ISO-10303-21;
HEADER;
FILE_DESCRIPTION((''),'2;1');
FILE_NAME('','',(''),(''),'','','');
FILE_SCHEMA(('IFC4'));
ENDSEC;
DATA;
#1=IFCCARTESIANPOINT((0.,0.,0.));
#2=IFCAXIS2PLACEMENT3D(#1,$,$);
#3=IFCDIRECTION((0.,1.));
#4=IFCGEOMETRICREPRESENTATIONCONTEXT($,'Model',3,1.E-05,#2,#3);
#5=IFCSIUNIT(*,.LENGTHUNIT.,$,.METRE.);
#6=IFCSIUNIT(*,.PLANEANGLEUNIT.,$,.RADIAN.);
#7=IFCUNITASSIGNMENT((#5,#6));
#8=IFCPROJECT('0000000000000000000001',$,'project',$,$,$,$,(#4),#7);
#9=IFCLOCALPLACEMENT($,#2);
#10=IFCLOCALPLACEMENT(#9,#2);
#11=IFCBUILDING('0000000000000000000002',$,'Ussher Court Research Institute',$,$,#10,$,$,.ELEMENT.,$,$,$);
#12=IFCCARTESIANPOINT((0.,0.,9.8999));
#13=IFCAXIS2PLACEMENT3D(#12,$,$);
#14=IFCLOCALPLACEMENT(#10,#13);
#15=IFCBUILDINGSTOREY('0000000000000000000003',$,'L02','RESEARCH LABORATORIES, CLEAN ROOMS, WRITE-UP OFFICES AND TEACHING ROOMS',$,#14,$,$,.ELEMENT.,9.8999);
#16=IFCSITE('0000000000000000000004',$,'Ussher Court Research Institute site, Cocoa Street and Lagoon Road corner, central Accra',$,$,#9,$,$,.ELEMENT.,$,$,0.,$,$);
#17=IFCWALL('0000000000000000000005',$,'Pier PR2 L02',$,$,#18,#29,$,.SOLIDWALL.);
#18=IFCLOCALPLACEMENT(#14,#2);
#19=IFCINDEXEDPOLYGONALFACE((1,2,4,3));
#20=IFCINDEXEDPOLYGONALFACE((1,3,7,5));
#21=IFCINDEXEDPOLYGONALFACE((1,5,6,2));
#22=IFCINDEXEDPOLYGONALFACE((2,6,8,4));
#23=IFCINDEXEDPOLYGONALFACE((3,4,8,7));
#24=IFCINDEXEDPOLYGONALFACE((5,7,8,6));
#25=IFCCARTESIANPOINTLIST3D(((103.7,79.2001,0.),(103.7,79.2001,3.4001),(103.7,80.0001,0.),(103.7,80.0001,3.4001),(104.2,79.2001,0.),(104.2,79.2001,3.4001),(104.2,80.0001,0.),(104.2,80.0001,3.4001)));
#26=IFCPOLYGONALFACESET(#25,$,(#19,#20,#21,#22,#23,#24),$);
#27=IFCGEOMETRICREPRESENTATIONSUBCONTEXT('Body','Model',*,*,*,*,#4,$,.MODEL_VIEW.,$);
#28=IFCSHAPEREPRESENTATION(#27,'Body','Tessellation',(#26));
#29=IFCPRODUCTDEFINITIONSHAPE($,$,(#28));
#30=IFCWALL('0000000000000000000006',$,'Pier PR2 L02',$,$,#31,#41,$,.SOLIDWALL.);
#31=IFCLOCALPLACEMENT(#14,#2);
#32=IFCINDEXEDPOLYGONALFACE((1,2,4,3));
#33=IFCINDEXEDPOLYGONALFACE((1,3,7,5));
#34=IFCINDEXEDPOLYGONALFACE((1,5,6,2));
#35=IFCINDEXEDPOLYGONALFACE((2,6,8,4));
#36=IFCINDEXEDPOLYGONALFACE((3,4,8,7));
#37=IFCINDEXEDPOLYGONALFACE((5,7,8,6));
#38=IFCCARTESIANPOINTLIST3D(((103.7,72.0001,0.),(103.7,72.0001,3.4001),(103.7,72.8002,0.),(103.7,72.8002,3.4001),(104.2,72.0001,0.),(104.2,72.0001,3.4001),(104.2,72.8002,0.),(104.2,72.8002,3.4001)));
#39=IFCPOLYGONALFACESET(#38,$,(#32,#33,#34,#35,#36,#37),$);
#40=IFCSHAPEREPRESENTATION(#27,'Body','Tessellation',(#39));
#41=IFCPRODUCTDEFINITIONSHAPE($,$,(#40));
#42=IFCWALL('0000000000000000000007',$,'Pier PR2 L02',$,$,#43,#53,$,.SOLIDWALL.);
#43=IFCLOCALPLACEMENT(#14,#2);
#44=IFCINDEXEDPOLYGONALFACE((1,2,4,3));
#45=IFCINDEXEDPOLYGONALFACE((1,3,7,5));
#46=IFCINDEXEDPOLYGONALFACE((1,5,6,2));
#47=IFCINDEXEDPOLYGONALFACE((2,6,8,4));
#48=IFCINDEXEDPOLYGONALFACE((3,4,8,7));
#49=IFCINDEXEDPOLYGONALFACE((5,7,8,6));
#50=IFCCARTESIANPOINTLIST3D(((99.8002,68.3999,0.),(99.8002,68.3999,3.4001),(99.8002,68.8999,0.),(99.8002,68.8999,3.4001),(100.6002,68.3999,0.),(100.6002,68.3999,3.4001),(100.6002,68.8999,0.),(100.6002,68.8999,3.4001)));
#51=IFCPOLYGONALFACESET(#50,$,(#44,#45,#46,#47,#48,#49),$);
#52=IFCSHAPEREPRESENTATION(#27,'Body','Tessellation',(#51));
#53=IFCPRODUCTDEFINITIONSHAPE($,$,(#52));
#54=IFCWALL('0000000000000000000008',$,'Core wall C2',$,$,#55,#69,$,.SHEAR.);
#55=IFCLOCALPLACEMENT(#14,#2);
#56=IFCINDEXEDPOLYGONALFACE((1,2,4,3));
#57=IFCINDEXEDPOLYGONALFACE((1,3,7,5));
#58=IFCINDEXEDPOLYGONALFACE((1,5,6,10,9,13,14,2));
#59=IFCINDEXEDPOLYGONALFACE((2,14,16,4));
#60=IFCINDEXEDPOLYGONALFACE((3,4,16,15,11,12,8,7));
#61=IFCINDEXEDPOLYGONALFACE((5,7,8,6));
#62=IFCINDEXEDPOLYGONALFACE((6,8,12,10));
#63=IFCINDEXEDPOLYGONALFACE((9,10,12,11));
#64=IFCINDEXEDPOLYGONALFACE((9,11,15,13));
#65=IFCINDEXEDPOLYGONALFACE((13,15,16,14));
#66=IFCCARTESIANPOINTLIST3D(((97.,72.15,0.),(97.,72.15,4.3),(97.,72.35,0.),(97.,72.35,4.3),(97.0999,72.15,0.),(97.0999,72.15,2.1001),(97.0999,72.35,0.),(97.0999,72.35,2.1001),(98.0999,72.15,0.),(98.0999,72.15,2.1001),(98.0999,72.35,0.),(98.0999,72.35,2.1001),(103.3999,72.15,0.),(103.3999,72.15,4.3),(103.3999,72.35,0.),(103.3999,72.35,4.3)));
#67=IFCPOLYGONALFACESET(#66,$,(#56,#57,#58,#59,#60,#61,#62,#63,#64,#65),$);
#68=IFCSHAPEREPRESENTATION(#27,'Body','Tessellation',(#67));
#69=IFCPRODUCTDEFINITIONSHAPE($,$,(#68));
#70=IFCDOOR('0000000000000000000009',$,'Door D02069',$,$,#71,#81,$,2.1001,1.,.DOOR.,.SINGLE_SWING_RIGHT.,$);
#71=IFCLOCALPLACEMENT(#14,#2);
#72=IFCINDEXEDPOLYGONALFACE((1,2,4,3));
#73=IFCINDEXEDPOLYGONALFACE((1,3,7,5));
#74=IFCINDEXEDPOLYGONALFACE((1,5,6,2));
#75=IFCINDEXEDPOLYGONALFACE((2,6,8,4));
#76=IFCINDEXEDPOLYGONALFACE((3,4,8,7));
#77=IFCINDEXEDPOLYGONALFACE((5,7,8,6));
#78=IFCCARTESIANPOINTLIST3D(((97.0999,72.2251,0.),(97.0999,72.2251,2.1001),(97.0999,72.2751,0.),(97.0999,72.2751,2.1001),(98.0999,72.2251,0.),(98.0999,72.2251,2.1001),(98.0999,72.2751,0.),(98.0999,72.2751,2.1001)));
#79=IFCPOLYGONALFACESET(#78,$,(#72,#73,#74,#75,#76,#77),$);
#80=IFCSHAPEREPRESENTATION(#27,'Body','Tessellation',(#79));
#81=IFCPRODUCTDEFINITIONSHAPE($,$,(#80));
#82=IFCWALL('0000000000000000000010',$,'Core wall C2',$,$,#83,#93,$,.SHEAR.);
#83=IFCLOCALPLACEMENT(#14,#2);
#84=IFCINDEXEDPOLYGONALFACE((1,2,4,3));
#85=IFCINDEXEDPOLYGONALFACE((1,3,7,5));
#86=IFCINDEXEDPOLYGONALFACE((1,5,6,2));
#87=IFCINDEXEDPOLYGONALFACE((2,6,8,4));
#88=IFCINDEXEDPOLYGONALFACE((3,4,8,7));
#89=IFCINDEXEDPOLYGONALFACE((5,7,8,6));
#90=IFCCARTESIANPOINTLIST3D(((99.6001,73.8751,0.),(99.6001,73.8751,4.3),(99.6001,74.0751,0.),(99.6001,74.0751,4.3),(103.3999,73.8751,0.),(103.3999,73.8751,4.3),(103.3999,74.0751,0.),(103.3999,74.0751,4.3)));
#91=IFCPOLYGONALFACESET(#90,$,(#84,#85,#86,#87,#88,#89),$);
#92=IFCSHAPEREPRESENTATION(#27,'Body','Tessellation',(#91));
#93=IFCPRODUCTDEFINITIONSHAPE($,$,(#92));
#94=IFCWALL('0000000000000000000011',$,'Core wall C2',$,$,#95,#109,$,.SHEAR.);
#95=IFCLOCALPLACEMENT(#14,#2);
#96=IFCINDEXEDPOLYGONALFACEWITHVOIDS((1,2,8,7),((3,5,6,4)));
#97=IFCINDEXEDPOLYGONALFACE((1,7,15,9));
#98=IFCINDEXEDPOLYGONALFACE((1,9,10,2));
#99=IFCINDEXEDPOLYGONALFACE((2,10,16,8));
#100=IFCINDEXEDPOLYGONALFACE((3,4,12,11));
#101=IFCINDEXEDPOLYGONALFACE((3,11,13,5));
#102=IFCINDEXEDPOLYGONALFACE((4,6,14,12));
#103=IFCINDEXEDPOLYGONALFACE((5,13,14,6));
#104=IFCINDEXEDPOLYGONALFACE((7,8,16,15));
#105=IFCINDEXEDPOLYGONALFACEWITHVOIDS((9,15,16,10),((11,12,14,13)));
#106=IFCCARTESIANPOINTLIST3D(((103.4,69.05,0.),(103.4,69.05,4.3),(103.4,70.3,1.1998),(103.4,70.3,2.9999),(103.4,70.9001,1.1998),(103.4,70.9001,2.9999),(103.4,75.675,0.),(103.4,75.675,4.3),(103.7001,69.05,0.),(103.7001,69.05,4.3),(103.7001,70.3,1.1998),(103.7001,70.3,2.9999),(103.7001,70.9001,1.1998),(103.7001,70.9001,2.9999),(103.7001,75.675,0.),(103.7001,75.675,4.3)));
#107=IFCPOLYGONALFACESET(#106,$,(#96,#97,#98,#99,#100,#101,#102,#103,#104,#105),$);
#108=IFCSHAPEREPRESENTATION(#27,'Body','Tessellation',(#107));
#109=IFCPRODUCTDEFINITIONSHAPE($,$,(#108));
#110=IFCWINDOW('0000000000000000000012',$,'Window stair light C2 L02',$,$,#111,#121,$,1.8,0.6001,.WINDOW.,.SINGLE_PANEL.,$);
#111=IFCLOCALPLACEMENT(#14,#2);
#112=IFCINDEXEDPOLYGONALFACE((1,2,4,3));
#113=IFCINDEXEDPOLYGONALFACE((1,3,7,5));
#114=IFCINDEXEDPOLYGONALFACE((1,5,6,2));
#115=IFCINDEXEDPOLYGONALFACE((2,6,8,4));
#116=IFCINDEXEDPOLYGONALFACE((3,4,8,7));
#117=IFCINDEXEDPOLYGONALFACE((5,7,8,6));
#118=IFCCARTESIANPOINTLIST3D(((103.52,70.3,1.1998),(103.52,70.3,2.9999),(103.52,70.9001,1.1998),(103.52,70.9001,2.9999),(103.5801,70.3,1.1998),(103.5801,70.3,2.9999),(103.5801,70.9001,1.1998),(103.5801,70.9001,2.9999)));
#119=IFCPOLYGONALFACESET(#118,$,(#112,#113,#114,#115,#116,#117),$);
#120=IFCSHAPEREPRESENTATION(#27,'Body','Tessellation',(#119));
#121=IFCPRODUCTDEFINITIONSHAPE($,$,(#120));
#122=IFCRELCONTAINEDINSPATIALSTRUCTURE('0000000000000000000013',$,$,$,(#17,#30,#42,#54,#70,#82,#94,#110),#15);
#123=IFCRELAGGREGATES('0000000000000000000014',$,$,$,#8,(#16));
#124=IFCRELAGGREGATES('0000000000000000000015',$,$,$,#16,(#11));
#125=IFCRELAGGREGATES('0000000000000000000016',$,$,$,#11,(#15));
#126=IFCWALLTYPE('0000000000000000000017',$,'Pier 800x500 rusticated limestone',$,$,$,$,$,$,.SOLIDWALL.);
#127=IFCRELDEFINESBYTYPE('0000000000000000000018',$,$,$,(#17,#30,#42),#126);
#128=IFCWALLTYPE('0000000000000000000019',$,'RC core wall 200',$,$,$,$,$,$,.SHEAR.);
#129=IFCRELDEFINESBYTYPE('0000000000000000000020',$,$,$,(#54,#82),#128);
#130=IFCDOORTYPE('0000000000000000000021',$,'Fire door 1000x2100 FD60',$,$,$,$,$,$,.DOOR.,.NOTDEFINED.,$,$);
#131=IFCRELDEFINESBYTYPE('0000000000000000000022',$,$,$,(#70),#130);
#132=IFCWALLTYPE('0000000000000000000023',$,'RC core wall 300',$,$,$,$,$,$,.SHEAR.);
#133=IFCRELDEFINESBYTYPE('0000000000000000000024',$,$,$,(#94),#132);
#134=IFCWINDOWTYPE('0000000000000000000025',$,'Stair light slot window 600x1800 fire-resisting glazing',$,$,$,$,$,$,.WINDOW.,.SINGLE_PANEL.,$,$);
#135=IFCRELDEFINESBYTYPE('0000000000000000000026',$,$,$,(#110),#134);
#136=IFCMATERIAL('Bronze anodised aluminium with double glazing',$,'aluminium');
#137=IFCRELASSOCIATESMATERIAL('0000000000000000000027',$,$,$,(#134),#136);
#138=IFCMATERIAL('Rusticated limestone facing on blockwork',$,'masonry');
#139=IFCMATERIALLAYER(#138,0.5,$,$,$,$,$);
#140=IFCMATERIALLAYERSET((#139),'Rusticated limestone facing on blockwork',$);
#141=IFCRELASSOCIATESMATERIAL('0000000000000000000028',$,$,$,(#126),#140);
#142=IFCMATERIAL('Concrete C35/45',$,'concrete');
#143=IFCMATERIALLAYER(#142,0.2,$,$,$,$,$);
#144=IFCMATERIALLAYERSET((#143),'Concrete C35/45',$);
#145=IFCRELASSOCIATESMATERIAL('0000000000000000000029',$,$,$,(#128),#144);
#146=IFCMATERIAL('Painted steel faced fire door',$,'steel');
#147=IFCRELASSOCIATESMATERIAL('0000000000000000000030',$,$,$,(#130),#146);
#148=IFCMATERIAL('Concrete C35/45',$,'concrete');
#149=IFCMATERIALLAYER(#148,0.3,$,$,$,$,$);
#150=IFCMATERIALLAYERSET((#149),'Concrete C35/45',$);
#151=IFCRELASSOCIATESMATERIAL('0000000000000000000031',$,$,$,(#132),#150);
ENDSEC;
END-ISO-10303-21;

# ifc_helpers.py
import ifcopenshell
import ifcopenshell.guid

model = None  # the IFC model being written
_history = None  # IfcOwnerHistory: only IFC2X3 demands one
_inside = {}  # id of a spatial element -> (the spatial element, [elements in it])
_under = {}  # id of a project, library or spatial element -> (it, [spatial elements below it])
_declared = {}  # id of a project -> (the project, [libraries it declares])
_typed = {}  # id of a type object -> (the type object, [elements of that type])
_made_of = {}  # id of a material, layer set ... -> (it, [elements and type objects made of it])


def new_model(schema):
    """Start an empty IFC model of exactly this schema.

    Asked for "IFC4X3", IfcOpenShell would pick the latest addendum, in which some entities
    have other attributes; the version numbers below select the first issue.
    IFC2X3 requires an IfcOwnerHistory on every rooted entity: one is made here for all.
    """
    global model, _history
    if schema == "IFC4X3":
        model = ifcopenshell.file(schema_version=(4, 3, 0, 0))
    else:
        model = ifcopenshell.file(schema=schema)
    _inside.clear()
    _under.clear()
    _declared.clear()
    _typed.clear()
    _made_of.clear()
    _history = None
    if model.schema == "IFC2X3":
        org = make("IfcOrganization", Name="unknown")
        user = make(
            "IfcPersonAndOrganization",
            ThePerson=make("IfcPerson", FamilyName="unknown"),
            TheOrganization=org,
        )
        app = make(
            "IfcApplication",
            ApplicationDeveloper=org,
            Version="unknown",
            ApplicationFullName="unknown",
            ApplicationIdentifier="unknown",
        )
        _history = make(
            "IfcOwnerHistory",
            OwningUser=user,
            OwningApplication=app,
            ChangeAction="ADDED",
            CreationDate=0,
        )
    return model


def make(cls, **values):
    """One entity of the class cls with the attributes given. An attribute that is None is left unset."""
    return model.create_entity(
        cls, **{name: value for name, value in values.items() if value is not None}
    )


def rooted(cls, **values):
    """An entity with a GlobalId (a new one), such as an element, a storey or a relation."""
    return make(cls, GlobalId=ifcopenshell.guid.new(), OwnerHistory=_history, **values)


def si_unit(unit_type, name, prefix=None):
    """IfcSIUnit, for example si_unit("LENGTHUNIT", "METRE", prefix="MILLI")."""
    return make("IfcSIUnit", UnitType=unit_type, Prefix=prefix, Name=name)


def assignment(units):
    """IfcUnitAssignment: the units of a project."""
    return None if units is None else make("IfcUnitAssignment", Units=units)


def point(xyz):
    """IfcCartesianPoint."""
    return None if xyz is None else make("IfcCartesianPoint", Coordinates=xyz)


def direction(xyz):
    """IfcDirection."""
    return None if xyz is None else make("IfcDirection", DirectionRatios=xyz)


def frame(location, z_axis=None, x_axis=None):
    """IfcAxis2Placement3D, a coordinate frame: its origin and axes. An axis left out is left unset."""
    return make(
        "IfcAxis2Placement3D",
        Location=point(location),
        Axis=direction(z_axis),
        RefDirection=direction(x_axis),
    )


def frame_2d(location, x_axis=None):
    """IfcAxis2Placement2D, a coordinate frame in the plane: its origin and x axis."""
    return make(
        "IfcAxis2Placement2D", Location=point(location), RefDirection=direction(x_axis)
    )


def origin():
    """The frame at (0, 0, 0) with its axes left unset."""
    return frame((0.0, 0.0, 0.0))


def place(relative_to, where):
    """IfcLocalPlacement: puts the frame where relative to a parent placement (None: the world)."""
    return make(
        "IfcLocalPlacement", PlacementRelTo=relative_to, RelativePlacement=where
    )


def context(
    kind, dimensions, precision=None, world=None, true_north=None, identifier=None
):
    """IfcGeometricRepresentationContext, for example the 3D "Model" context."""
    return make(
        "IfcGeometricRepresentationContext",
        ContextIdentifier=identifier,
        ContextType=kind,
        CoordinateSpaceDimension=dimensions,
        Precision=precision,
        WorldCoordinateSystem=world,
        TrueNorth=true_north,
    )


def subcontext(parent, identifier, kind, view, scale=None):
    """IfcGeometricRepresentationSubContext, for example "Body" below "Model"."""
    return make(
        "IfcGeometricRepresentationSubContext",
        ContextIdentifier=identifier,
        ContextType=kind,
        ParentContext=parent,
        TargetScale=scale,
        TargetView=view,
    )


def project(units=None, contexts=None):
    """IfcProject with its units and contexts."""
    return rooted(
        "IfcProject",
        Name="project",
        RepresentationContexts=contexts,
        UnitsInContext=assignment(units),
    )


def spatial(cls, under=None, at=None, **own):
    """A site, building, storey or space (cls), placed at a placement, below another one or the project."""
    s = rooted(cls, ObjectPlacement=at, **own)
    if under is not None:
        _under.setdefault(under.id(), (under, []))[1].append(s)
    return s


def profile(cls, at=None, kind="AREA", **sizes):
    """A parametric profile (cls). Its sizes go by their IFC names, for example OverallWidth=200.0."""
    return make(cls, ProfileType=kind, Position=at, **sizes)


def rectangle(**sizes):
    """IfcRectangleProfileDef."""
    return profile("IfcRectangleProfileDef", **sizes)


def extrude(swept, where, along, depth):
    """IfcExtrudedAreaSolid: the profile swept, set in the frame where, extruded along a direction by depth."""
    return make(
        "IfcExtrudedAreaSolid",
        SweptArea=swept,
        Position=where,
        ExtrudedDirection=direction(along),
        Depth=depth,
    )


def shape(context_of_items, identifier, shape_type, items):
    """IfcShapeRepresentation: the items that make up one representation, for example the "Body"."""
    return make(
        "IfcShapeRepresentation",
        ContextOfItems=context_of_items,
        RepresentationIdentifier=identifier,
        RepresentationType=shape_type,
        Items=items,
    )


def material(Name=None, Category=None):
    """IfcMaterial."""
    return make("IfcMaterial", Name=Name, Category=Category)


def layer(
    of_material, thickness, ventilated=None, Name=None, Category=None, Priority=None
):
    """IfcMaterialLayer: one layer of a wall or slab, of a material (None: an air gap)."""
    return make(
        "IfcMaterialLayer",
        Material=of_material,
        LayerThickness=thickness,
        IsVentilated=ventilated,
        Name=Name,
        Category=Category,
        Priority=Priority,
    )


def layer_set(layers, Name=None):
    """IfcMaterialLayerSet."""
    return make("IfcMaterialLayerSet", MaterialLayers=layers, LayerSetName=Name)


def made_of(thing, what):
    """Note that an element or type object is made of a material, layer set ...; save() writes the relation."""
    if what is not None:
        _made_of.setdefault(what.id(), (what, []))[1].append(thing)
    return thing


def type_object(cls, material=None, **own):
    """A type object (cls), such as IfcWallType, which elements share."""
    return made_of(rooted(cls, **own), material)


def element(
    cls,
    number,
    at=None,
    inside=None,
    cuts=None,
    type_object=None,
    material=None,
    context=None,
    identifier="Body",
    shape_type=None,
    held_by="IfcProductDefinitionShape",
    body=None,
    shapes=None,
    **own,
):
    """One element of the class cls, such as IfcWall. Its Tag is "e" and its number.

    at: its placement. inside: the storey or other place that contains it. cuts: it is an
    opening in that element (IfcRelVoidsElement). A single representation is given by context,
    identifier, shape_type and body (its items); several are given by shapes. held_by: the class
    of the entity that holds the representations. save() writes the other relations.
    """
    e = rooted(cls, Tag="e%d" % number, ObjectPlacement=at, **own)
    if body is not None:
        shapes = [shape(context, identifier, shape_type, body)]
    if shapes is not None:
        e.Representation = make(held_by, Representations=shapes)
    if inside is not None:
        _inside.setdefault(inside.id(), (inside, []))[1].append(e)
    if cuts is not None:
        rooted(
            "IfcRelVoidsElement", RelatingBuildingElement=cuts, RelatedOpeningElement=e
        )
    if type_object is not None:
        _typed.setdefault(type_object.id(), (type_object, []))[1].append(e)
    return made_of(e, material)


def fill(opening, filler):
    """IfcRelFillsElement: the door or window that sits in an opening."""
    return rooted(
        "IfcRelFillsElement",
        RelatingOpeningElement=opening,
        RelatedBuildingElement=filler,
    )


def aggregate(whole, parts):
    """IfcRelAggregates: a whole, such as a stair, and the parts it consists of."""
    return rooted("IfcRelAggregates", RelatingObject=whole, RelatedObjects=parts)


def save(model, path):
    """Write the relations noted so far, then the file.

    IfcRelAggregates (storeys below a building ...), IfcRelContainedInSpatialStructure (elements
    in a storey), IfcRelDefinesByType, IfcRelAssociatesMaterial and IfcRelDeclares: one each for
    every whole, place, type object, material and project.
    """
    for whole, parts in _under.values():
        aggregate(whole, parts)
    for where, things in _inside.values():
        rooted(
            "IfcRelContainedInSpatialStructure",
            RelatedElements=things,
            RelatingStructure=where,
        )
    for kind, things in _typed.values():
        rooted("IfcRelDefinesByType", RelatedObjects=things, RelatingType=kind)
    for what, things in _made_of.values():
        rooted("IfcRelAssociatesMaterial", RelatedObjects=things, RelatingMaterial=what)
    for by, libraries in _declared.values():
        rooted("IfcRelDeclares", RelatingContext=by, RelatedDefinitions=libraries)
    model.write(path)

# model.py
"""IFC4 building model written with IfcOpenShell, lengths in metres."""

from ifc_helpers import new_model, si_unit, direction, frame, frame_2d, origin, place, context, subcontext, project, spatial, rectangle, extrude, material, layer, layer_set, type_object, element, fill, save


model = new_model("IFC4")

# Units and contexts
model_context = context("Model", 3, precision=1e-05, world=origin(), true_north=direction((0.0, 1.0)))
body_context = subcontext(model_context, "Body", "Model", "MODEL_VIEW")
ifc_project = project(units=[si_unit("LENGTHUNIT", "METRE"), si_unit("PLANEANGLEUNIT", "RADIAN")], contexts=[model_context])

# Site, building, storey
site_placement = place(None, origin())
site = spatial("IfcSite", under=ifc_project, at=site_placement, Name="Ussher Court Research Institute site, Cocoa Street and Lagoon Road corner, central Accra", CompositionType="ELEMENT", RefElevation=0.0)
building_placement = place(site_placement, origin())
building = spatial("IfcBuilding", under=site, at=building_placement, Name="Ussher Court Research Institute", CompositionType="ELEMENT")
storey_placement = place(building_placement, frame((0.0, 0.0, 9.8999)))
storey = spatial("IfcBuildingStorey", under=building, at=storey_placement, Name="L02", Description="RESEARCH LABORATORIES, CLEAN ROOMS, WRITE-UP OFFICES AND TEACHING ROOMS", CompositionType="ELEMENT", Elevation=9.8999)

# Shared definitions
ifc_material_1 = material(Name="Bronze anodised aluminium with double glazing", Category="aluminium")
window_type_1 = type_object("IfcWindowType", Name="Stair light slot window 600x1800 fire-resisting glazing", PartitioningType="SINGLE_PANEL", PredefinedType="WINDOW", material=ifc_material_1)

# Walls
ifc_material_2 = material(Name="Rusticated limestone facing on blockwork", Category="masonry")
ifc_layer_1 = layer(ifc_material_2, 0.5)
ifc_layer_set_1 = layer_set([ifc_layer_1], Name="Rusticated limestone facing on blockwork")
wall_type_1 = type_object("IfcWallType", Name="Pier 800x500 rusticated limestone", PredefinedType="SOLIDWALL", material=ifc_layer_set_1)
for number, where, z_axis, x_axis, name in (
    (1, (103.95, 80.0, 0.0), (0.0, 0.0, 1.0), (0.0, -1.0, 0.0), "Pier PR2 L02"),
    (2, (103.95, 72.8, 0.0), (0.0, 0.0, 1.0), (0.0, -1.0, 0.0), "Pier PR2 L02"),
    (3, (100.6001, 68.6499, 0.0), (0.0, 0.0, 1.0), (-1.0, 0.0, 0.0), "Pier PR2 L02"),
):
    element("IfcWall", number, at=place(storey_placement, frame(where, z_axis=z_axis, x_axis=x_axis)), inside=storey, type_object=wall_type_1, Name=name, PredefinedType="SOLIDWALL", context=body_context, shape_type="SweptSolid", body=[
        extrude(rectangle(XDim=0.8, YDim=0.5, at=frame_2d((0.3999, 0.0))), origin(), (0.0, 0.0, 1.0), 3.4001),
    ])

# Wall, opening, door
ifc_material_3 = material(Name="Concrete C35/45", Category="concrete")
ifc_layer_2 = layer(ifc_material_3, 0.2)
ifc_layer_set_2 = layer_set([ifc_layer_2], Name="Concrete C35/45")
wall_type_2 = type_object("IfcWallType", Name="RC core wall 200", PredefinedType="SHEAR", material=ifc_layer_set_2)
wall_1_placement = place(storey_placement, frame((103.3999, 72.25, 0.0), z_axis=(0.0, 0.0, 1.0), x_axis=(-1.0, 0.0, 0.0)))
wall_1 = element("IfcWall", 4, at=wall_1_placement, inside=storey, type_object=wall_type_2, Name="Core wall C2", PredefinedType="SHEAR", context=body_context, shape_type="SweptSolid", body=[
    extrude(rectangle(XDim=6.3999, YDim=0.2, at=frame_2d((3.2, 0.0))), origin(), (0.0, 0.0, 1.0), 4.3),
])
opening_1_placement = place(wall_1_placement, frame((5.3, 0.0, 0.0)))
opening_1 = element("IfcOpeningElement", 5, at=opening_1_placement, cuts=wall_1, PredefinedType="OPENING", context=body_context, shape_type="SweptSolid", body=[
    extrude(rectangle(XDim=1.0, YDim=2.1001, at=frame_2d((0.5, 1.05))), frame((0.0, 0.1099, 0.0), z_axis=(0.0, -1.0, 0.0), x_axis=(1.0, 0.0, 0.0)), (0.0, 0.0, 1.0), 0.22),
])
ifc_material_4 = material(Name="Painted steel faced fire door", Category="steel")
door_type = type_object("IfcDoorType", Name="Fire door 1000x2100 FD60", OperationType="NOTDEFINED", PredefinedType="DOOR", material=ifc_material_4)
door_placement = place(opening_1_placement, origin())
door = element("IfcDoor", 6, at=door_placement, inside=storey, type_object=door_type, Name="Door D02069", OperationType="SINGLE_SWING_RIGHT", OverallHeight=2.1001, OverallWidth=1.0, PredefinedType="DOOR", context=body_context, shape_type="SweptSolid", body=[
    extrude(rectangle(XDim=1.0, YDim=2.1001, at=frame_2d((0.5, 1.05))), frame((0.0, 0.0249, 0.0), z_axis=(0.0, -1.0, 0.0), x_axis=(1.0, 0.0, 0.0)), (0.0, 0.0, 1.0), 0.05),
])
fill(opening_1, door)

# Wall
wall_2_placement = place(storey_placement, frame((99.6001, 73.9751, 0.0), z_axis=(0.0, 0.0, 1.0), x_axis=(1.0, 0.0, 0.0)))
element("IfcWall", 7, at=wall_2_placement, inside=storey, type_object=wall_type_2, Name="Core wall C2", PredefinedType="SHEAR", context=body_context, shape_type="SweptSolid", body=[
    extrude(rectangle(XDim=3.7998, YDim=0.2, at=frame_2d((1.8999, 0.0))), origin(), (0.0, 0.0, 1.0), 4.3),
])

# Wall, opening, window
ifc_material_5 = material(Name="Concrete C35/45", Category="concrete")
ifc_layer_3 = layer(ifc_material_5, 0.3)
ifc_layer_set_3 = layer_set([ifc_layer_3], Name="Concrete C35/45")
wall_type_3 = type_object("IfcWallType", Name="RC core wall 300", PredefinedType="SHEAR", material=ifc_layer_set_3)
wall_3_placement = place(storey_placement, frame((103.55, 69.05, 0.0), z_axis=(0.0, 0.0, 1.0), x_axis=(0.0, 1.0, 0.0)))
wall_3 = element("IfcWall", 8, at=wall_3_placement, inside=storey, type_object=wall_type_3, Name="Core wall C2", PredefinedType="SHEAR", context=body_context, shape_type="SweptSolid", body=[
    extrude(rectangle(XDim=6.625, YDim=0.3, at=frame_2d((3.3125, 0.0))), origin(), (0.0, 0.0, 1.0), 4.3),
])
opening_2_placement = place(wall_3_placement, frame((1.25, 0.0, 1.2)))
opening_2 = element("IfcOpeningElement", 9, at=opening_2_placement, cuts=wall_3, PredefinedType="OPENING", context=body_context, shape_type="SweptSolid", body=[
    extrude(rectangle(XDim=0.6001, YDim=1.8, at=frame_2d((0.3, 0.8999))), frame((0.0, 0.1602, 0.0), z_axis=(0.0, -1.0, 0.0), x_axis=(1.0, 0.0, 0.0)), (0.0, 0.0, 1.0), 0.3201),
])
window_1_placement = place(opening_2_placement, origin())
window_1 = element("IfcWindow", 10, at=window_1_placement, inside=storey, type_object=window_type_1, Name="Window stair light C2 L02", OverallHeight=1.8, OverallWidth=0.6001, PartitioningType="SINGLE_PANEL", PredefinedType="WINDOW", context=body_context, shape_type="SweptSolid", body=[
    extrude(rectangle(XDim=0.6001, YDim=1.8, at=frame_2d((0.3, 0.8999))), frame((0.0, 0.03, 0.0), z_axis=(0.0, -1.0, 0.0), x_axis=(1.0, 0.0, 0.0)), (0.0, 0.0, 1.0), 0.0601),
])
fill(opening_2, window_1)

save(model, "model.ifc")
